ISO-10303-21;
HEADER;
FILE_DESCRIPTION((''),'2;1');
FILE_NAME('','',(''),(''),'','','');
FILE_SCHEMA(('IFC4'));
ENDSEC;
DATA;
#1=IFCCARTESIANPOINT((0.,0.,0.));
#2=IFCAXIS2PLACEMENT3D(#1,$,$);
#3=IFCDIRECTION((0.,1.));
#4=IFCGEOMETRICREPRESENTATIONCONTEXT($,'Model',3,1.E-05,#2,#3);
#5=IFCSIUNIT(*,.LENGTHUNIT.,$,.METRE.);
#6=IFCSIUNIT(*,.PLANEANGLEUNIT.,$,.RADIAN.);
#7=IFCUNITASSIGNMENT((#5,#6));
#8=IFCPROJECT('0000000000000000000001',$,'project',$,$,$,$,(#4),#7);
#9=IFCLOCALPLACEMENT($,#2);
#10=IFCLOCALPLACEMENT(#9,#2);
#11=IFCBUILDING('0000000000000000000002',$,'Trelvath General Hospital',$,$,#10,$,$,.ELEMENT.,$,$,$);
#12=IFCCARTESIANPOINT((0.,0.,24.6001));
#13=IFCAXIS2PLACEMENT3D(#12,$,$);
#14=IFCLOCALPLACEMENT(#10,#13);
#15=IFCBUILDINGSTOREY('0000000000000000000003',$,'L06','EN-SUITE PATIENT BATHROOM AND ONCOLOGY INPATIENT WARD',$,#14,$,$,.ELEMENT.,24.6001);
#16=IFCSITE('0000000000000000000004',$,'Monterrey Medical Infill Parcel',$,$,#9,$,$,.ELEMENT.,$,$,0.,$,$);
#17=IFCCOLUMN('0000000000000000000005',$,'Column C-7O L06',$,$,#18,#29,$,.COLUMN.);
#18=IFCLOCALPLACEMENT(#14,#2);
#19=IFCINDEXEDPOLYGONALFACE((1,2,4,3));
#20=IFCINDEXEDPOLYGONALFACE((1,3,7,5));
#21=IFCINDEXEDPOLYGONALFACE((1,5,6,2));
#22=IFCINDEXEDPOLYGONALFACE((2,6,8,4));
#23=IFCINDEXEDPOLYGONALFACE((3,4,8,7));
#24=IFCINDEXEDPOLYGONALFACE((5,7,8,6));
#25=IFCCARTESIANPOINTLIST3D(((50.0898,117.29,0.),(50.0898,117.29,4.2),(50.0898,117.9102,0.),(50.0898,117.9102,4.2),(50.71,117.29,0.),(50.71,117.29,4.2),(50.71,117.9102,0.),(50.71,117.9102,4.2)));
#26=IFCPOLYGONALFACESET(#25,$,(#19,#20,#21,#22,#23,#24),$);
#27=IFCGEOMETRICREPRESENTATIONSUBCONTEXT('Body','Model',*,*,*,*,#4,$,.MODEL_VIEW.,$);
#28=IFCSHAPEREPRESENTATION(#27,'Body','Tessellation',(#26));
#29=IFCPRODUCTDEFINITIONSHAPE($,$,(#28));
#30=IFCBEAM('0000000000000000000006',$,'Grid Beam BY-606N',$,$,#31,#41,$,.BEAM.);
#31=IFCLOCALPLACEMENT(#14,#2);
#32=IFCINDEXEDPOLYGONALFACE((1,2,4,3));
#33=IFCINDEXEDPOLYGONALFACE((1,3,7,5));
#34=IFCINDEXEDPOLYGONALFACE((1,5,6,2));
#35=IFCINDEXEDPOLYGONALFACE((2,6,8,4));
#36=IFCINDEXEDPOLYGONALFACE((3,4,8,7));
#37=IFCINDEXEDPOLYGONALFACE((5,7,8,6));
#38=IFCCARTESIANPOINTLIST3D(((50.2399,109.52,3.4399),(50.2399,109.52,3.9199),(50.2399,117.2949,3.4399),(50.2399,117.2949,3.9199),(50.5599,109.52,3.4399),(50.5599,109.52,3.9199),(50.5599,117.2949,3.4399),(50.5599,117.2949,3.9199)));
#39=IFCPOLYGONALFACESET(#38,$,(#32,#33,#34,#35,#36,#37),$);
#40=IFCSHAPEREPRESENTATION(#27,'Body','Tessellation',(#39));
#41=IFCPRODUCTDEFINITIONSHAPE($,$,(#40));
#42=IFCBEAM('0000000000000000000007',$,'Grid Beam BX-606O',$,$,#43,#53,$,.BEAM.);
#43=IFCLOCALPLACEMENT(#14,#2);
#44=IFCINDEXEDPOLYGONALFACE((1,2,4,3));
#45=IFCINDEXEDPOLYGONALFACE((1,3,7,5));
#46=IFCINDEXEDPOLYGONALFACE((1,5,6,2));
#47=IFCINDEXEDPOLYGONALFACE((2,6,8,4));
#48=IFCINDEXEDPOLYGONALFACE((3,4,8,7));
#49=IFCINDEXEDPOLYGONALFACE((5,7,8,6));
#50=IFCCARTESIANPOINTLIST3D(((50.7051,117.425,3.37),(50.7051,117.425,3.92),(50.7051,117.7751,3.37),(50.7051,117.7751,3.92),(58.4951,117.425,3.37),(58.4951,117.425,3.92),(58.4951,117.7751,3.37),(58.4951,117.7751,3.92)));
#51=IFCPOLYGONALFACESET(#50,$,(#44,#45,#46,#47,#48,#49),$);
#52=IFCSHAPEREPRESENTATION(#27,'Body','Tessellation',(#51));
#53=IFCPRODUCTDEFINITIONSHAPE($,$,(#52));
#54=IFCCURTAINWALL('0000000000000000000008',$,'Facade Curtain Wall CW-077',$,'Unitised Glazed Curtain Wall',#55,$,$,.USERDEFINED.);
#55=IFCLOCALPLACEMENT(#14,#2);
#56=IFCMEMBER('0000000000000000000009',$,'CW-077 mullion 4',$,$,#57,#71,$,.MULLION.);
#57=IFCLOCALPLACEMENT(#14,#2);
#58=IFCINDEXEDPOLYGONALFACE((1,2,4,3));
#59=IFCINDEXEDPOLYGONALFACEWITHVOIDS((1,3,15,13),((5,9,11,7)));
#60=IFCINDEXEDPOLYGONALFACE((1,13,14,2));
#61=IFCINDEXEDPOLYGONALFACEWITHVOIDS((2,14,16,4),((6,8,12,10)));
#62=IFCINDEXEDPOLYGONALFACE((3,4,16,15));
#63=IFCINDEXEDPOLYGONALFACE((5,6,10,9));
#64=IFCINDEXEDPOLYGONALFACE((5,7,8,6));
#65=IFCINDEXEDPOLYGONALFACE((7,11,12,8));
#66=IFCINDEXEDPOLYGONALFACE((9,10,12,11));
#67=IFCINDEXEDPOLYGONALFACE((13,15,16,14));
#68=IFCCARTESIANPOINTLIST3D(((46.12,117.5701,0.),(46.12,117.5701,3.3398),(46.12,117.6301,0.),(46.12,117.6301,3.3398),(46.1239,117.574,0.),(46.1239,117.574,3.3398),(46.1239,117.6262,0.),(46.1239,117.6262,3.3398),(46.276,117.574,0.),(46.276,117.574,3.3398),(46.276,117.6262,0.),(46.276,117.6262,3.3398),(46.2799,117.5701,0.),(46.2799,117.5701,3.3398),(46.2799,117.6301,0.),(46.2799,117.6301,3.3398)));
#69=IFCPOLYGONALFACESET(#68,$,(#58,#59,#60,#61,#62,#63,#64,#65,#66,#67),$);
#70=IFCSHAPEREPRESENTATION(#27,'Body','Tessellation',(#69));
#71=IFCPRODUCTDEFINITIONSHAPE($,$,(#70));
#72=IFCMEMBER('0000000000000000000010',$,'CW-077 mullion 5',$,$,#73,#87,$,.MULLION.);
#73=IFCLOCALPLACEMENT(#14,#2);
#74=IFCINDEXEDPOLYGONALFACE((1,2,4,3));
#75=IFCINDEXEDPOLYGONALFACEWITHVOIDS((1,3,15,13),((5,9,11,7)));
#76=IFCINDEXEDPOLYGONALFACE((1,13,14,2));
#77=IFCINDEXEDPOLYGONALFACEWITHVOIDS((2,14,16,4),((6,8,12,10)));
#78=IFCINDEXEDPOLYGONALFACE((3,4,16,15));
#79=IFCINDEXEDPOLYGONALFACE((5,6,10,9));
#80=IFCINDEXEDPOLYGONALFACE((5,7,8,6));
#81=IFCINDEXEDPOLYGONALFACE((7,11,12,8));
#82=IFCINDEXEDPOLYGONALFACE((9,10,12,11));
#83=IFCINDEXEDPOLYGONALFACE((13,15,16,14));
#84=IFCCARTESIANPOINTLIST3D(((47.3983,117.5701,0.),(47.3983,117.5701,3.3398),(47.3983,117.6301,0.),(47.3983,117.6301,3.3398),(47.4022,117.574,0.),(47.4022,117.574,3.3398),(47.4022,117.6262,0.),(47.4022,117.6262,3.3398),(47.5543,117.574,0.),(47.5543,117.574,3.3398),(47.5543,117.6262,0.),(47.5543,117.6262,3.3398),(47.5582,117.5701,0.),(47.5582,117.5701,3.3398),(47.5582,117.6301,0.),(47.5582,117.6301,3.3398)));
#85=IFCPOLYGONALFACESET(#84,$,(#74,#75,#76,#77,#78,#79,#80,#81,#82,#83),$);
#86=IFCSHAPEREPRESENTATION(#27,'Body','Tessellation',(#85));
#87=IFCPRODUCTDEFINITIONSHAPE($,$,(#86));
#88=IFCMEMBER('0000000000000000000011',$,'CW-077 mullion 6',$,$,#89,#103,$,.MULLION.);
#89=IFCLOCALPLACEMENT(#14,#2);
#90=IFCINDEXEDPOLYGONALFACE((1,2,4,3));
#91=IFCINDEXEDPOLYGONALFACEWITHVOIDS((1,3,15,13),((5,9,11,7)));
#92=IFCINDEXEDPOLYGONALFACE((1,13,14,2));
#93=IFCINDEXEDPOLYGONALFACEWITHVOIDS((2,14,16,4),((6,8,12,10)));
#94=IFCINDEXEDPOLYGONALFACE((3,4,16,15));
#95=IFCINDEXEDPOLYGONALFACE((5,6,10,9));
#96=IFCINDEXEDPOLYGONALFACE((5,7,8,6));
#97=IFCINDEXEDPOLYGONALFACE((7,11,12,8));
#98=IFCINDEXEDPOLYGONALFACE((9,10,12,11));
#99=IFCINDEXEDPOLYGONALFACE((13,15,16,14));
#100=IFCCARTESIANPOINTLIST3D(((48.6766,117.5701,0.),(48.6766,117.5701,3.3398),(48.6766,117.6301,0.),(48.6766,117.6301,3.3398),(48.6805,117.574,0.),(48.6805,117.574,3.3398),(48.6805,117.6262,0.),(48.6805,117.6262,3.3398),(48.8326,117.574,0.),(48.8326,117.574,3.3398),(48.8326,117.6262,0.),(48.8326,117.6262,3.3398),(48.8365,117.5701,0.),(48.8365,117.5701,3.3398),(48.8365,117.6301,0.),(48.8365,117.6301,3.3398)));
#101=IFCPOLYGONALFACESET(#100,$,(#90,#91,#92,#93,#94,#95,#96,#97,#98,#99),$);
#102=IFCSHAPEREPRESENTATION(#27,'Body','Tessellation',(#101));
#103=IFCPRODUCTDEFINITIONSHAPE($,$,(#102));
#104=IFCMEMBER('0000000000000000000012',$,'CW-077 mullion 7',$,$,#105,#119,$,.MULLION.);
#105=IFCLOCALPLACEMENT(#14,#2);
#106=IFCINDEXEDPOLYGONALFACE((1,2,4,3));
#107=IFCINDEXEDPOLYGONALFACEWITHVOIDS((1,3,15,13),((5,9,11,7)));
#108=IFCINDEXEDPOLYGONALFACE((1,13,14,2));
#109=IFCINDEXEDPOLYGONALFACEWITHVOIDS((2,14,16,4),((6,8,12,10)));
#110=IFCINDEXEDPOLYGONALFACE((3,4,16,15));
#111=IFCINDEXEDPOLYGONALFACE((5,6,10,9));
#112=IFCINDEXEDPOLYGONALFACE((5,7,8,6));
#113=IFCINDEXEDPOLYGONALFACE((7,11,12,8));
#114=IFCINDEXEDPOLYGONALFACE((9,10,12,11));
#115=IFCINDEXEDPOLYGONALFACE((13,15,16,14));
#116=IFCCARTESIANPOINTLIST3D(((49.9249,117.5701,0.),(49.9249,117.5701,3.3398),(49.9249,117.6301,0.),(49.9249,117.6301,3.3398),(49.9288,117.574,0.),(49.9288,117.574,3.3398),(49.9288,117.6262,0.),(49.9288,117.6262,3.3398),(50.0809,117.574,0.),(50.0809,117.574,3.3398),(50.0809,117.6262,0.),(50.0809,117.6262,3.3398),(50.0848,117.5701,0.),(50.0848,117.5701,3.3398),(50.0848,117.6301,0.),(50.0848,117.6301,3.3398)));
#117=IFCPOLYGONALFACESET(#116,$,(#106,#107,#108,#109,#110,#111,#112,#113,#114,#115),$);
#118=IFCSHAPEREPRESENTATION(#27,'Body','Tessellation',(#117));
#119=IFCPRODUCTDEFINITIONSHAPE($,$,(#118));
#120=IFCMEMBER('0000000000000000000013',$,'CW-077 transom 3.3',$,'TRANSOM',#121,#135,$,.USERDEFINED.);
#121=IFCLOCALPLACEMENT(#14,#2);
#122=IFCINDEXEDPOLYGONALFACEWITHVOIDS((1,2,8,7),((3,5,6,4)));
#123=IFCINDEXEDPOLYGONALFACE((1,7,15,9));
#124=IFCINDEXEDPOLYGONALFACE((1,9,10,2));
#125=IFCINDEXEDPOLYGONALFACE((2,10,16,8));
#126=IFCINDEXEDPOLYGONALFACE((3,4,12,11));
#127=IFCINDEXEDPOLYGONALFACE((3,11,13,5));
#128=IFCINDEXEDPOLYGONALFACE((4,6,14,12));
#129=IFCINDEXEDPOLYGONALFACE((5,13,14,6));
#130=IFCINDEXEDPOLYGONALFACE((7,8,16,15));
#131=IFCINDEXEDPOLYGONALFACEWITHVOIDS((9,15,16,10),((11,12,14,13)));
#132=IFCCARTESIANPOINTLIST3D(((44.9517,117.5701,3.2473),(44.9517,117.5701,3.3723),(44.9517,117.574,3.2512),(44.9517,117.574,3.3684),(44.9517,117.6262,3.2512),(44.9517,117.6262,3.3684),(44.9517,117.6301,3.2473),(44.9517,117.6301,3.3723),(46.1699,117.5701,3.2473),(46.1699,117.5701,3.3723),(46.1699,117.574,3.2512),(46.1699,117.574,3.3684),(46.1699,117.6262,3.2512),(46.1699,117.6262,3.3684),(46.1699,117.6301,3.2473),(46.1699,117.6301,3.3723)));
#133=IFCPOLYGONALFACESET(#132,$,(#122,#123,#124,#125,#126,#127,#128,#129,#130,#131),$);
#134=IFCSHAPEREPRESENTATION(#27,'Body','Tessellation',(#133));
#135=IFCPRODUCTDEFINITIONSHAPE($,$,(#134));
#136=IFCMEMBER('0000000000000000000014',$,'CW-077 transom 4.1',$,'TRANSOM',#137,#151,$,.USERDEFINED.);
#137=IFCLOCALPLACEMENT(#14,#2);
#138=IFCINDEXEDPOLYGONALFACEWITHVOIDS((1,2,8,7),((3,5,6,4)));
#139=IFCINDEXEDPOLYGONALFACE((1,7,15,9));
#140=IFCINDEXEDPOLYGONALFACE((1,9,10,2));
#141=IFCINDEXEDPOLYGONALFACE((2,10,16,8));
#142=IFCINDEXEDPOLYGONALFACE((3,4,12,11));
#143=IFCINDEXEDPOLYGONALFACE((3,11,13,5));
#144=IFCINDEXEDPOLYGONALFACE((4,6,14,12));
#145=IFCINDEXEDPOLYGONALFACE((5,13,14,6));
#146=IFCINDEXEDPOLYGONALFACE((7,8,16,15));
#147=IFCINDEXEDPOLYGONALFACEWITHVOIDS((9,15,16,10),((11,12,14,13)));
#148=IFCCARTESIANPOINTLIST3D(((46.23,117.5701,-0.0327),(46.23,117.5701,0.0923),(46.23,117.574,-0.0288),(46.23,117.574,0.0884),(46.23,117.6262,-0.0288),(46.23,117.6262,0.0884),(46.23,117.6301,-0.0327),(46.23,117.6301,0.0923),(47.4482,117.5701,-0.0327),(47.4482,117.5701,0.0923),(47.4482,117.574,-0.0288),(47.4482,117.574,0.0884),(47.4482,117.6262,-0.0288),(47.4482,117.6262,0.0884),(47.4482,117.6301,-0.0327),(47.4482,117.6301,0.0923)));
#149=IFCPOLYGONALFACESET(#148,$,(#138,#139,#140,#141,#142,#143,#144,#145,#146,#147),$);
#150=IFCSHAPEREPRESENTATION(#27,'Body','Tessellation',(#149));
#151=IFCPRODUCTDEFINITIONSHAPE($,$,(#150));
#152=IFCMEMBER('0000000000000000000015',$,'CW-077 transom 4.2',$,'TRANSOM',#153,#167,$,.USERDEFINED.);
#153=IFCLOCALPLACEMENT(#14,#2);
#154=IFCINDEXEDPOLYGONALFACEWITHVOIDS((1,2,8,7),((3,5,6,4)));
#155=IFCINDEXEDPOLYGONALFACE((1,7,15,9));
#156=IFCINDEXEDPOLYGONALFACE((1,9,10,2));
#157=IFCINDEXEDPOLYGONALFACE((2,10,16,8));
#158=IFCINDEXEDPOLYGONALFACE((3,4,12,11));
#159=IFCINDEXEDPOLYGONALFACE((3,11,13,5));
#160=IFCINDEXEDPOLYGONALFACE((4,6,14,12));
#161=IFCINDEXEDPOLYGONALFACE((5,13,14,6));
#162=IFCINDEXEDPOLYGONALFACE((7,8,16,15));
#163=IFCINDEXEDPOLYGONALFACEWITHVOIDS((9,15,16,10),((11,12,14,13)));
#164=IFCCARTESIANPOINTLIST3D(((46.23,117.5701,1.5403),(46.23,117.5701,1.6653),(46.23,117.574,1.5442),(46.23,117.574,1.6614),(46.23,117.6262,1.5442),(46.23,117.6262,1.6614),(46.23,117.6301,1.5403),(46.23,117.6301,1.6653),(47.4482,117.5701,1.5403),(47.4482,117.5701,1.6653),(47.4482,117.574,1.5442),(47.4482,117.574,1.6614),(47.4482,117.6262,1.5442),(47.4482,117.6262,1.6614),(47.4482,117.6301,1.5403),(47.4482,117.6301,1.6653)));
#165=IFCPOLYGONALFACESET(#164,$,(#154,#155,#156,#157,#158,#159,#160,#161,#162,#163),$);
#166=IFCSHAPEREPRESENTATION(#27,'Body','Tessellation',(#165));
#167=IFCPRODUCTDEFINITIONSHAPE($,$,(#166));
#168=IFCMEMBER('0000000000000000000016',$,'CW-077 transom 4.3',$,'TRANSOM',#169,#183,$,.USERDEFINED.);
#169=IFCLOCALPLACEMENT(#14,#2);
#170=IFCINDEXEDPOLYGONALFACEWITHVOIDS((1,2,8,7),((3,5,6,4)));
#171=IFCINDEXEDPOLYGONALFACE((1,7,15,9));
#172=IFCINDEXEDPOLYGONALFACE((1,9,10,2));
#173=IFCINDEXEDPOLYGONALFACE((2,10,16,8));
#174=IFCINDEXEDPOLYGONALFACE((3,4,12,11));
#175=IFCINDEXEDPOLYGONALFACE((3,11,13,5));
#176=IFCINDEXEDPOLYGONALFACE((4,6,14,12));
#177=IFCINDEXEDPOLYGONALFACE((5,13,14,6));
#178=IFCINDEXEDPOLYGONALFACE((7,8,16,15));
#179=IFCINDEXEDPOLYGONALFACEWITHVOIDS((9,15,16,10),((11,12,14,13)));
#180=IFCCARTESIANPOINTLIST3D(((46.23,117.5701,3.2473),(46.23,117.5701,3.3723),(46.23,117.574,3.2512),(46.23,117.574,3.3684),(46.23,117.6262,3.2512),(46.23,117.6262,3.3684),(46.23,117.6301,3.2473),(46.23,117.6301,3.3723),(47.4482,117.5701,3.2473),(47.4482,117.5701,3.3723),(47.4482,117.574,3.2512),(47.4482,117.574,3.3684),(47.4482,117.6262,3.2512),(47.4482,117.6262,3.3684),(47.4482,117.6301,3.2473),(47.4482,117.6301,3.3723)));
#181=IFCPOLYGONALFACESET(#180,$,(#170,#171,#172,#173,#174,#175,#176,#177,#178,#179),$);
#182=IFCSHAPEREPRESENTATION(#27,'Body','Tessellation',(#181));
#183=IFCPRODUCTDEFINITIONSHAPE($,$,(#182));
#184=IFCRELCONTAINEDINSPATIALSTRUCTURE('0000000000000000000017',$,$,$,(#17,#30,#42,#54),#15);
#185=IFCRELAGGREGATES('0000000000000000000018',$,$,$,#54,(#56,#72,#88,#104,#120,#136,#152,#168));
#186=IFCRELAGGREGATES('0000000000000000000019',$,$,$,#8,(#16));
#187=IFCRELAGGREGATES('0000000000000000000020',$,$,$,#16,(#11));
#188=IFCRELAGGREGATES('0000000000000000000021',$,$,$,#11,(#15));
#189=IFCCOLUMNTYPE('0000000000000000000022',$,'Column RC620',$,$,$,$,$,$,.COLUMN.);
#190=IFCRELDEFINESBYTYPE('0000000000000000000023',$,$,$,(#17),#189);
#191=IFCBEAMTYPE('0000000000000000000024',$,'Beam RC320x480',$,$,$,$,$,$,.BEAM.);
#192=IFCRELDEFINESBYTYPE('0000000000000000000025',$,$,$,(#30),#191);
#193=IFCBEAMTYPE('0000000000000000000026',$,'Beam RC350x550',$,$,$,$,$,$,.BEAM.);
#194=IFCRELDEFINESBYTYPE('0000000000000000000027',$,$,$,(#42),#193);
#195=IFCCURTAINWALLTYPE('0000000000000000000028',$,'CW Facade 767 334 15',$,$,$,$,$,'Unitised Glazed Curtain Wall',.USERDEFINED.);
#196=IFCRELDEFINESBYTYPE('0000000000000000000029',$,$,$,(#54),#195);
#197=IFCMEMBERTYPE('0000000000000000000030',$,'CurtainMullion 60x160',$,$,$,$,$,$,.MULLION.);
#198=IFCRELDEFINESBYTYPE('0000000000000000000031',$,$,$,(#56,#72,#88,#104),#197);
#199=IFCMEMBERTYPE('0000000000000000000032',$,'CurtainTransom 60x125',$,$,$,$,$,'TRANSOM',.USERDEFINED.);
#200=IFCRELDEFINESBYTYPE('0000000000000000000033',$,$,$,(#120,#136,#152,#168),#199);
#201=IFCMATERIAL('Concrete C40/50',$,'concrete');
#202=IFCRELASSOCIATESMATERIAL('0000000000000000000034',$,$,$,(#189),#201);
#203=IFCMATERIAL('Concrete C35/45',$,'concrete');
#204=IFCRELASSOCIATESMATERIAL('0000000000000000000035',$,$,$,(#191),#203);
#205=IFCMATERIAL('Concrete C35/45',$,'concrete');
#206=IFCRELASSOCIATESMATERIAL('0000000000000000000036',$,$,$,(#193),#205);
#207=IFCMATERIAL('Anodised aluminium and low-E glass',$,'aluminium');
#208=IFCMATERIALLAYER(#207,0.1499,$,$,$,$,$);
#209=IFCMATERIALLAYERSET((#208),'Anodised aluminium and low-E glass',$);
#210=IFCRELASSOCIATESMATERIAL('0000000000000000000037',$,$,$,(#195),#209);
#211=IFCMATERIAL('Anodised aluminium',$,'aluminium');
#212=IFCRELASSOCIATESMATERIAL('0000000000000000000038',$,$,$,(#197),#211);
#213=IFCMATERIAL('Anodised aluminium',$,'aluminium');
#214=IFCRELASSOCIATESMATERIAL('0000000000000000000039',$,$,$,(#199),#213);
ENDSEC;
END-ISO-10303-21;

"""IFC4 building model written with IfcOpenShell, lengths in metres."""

from ifc_helpers import new_model, si_unit, direction, frame, origin, origin_2d, place, context, subcontext, project, spatial, rectangle, hollow_rectangle, extrude, material, layer, layer_set, material_profile, profile_set, type_object, element, aggregate, save


model = new_model("IFC4")

# Units and contexts
model_context = context("Model", 3, precision=1e-05, world=origin(), true_north=direction((0.0, 1.0)))
body_context = subcontext(model_context, "Body", "Model", "MODEL_VIEW")
ifc_project = project(units=[si_unit("LENGTHUNIT", "METRE"), si_unit("PLANEANGLEUNIT", "RADIAN")], contexts=[model_context])

# Site, building, storey
site_placement = place(None, origin())
site = spatial("IfcSite", under=ifc_project, at=site_placement, Name="Monterrey Medical Infill Parcel", CompositionType="ELEMENT", RefElevation=0.0)
building_placement = place(site_placement, origin())
building = spatial("IfcBuilding", under=site, at=building_placement, Name="Trelvath General Hospital", CompositionType="ELEMENT")
storey_placement = place(building_placement, frame((0.0, 0.0, 24.6001)))
storey = spatial("IfcBuildingStorey", under=building, at=storey_placement, Name="L06", Description="EN-SUITE PATIENT BATHROOM AND ONCOLOGY INPATIENT WARD", CompositionType="ELEMENT", Elevation=24.6001)

# Column
ifc_material_1 = material(Name="Concrete C40/50", Category="concrete")
ifc_material_profile_1 = material_profile(ifc_material_1, rectangle(XDim=0.6201, YDim=0.6201, at=origin_2d()), Name="RC620x620")
ifc_profile_set_1 = profile_set([ifc_material_profile_1], Name="Concrete C40/50")
column_type = type_object("IfcColumnType", Name="Column RC620", PredefinedType="COLUMN", material=ifc_profile_set_1)
column_placement = place(storey_placement, frame((50.3999, 117.6001, 0.0), z_axis=(0.0, 0.0, 1.0), x_axis=(1.0, 0.0, 0.0)))
element("IfcColumn", 1, at=column_placement, inside=storey, type_object=column_type, Name="Column C-7O L06", PredefinedType="COLUMN", context=body_context, shape_type="SweptSolid", body=[
    extrude(rectangle(XDim=0.6201, YDim=0.6201, at=origin_2d()), origin(), (0.0, 0.0, 1.0), 4.2),
])

# Beams
ifc_material_2 = material(Name="Concrete C35/45", Category="concrete")
ifc_material_profile_2 = material_profile(ifc_material_2, rectangle(XDim=0.3201, YDim=0.48, at=origin_2d()), Name="RCB320x480")
ifc_profile_set_2 = profile_set([ifc_material_profile_2], Name="Concrete C35/45")
beam_type_1 = type_object("IfcBeamType", Name="Beam RC320x480", PredefinedType="BEAM", material=ifc_profile_set_2)
beam_1_placement = place(storey_placement, frame((50.3999, 109.52, 3.6799), z_axis=(0.0, 1.0, 0.0), x_axis=(-1.0, 0.0, 0.0)))
element("IfcBeam", 2, at=beam_1_placement, inside=storey, type_object=beam_type_1, Name="Grid Beam BY-606N", PredefinedType="BEAM", context=body_context, shape_type="SweptSolid", body=[
    extrude(rectangle(XDim=0.3201, YDim=0.48, at=origin_2d()), origin(), (0.0, 0.0, 1.0), 7.7749),
])
ifc_material_3 = material(Name="Concrete C35/45", Category="concrete")
ifc_material_profile_3 = material_profile(ifc_material_3, rectangle(XDim=0.3501, YDim=0.55, at=origin_2d()), Name="RCB350x550")
ifc_profile_set_3 = profile_set([ifc_material_profile_3], Name="Concrete C35/45")
beam_type_2 = type_object("IfcBeamType", Name="Beam RC350x550", PredefinedType="BEAM", material=ifc_profile_set_3)
beam_2_placement = place(storey_placement, frame((50.7051, 117.6001, 3.645), z_axis=(1.0, 0.0, 0.0), x_axis=(0.0, 1.0, 0.0)))
element("IfcBeam", 3, at=beam_2_placement, inside=storey, type_object=beam_type_2, Name="Grid Beam BX-606O", PredefinedType="BEAM", context=body_context, shape_type="SweptSolid", body=[
    extrude(rectangle(XDim=0.3501, YDim=0.55, at=origin_2d()), origin(), (0.0, 0.0, 1.0), 7.79),
])

# Curtain wall, members
ifc_material_4 = material(Name="Anodised aluminium and low-E glass", Category="aluminium")
ifc_layer_1 = layer(ifc_material_4, 0.1499)
ifc_layer_set_1 = layer_set([ifc_layer_1], Name="Anodised aluminium and low-E glass")
curtain_wall_type = type_object("IfcCurtainWallType", Name="CW Facade 767 334 15", ElementType="Unitised Glazed Curtain Wall", PredefinedType="USERDEFINED", material=ifc_layer_set_1)
curtain_wall_placement = place(storey_placement, origin())
curtain_wall = element("IfcCurtainWall", 4, at=curtain_wall_placement, inside=storey, type_object=curtain_wall_type, Name="Facade Curtain Wall CW-077", ObjectType="Unitised Glazed Curtain Wall", PredefinedType="USERDEFINED")
ifc_material_5 = material(Name="Anodised aluminium", Category="aluminium")
ifc_material_profile_4 = material_profile(ifc_material_5, hollow_rectangle(XDim=0.0601, YDim=0.1599, WallThickness=0.0039, at=origin_2d()), Name="RHS60x160x4")
ifc_profile_set_4 = profile_set([ifc_material_profile_4], Name="Anodised aluminium")
member_type_1 = type_object("IfcMemberType", Name="CurtainMullion 60x160", PredefinedType="MULLION", material=ifc_profile_set_4)
member_1_placement = place(storey_placement, frame((46.2, 117.6001, 0.0), z_axis=(0.0, 0.0, 1.0), x_axis=(0.0, 1.0, 0.0)))
member_1 = element("IfcMember", 5, at=member_1_placement, type_object=member_type_1, Name="CW-077 mullion 4", PredefinedType="MULLION", context=body_context, shape_type="SweptSolid", body=[
    extrude(hollow_rectangle(XDim=0.0601, YDim=0.1599, WallThickness=0.0039, at=origin_2d()), origin(), (0.0, 0.0, 1.0), 3.3398),
])
member_2_placement = place(storey_placement, frame((47.4783, 117.6001, 0.0), z_axis=(0.0, 0.0, 1.0), x_axis=(0.0, 1.0, 0.0)))
member_2 = element("IfcMember", 6, at=member_2_placement, type_object=member_type_1, Name="CW-077 mullion 5", PredefinedType="MULLION", context=body_context, shape_type="SweptSolid", body=[
    extrude(hollow_rectangle(XDim=0.0601, YDim=0.1599, WallThickness=0.0039, at=origin_2d()), origin(), (0.0, 0.0, 1.0), 3.3398),
])
member_3_placement = place(storey_placement, frame((48.7566, 117.6001, 0.0), z_axis=(0.0, 0.0, 1.0), x_axis=(0.0, 1.0, 0.0)))
member_3 = element("IfcMember", 7, at=member_3_placement, type_object=member_type_1, Name="CW-077 mullion 6", PredefinedType="MULLION", context=body_context, shape_type="SweptSolid", body=[
    extrude(hollow_rectangle(XDim=0.0601, YDim=0.1599, WallThickness=0.0039, at=origin_2d()), origin(), (0.0, 0.0, 1.0), 3.3398),
])
member_4_placement = place(storey_placement, frame((50.0049, 117.6001, 0.0), z_axis=(0.0, 0.0, 1.0), x_axis=(0.0, 1.0, 0.0)))
member_4 = element("IfcMember", 8, at=member_4_placement, type_object=member_type_1, Name="CW-077 mullion 7", PredefinedType="MULLION", context=body_context, shape_type="SweptSolid", body=[
    extrude(hollow_rectangle(XDim=0.0601, YDim=0.1599, WallThickness=0.0039, at=origin_2d()), origin(), (0.0, 0.0, 1.0), 3.3398),
])
ifc_material_6 = material(Name="Anodised aluminium", Category="aluminium")
ifc_material_profile_5 = material_profile(ifc_material_6, hollow_rectangle(XDim=0.0601, YDim=0.125, WallThickness=0.0039, at=origin_2d()), Name="RHS60x125x4")
ifc_profile_set_5 = profile_set([ifc_material_profile_5], Name="Anodised aluminium")
member_type_2 = type_object("IfcMemberType", Name="CurtainTransom 60x125", ElementType="TRANSOM", PredefinedType="USERDEFINED", material=ifc_profile_set_5)
member_5_placement = place(storey_placement, frame((44.9517, 117.6001, 3.3098), z_axis=(1.0, 0.0, 0.0), x_axis=(0.0, 1.0, 0.0)))
member_5 = element("IfcMember", 9, at=member_5_placement, type_object=member_type_2, Name="CW-077 transom 3.3", ObjectType="TRANSOM", PredefinedType="USERDEFINED", context=body_context, shape_type="SweptSolid", body=[
    extrude(hollow_rectangle(XDim=0.0601, YDim=0.125, WallThickness=0.0039, at=origin_2d()), origin(), (0.0, 0.0, 1.0), 1.2183),
])
member_6_placement = place(storey_placement, frame((46.23, 117.6001, 0.0298), z_axis=(1.0, 0.0, 0.0), x_axis=(0.0, 1.0, 0.0)))
member_6 = element("IfcMember", 10, at=member_6_placement, type_object=member_type_2, Name="CW-077 transom 4.1", ObjectType="TRANSOM", PredefinedType="USERDEFINED", context=body_context, shape_type="SweptSolid", body=[
    extrude(hollow_rectangle(XDim=0.0601, YDim=0.125, WallThickness=0.0039, at=origin_2d()), origin(), (0.0, 0.0, 1.0), 1.2183),
])
member_7_placement = place(storey_placement, frame((46.23, 117.6001, 1.6028), z_axis=(1.0, 0.0, 0.0), x_axis=(0.0, 1.0, 0.0)))
member_7 = element("IfcMember", 11, at=member_7_placement, type_object=member_type_2, Name="CW-077 transom 4.2", ObjectType="TRANSOM", PredefinedType="USERDEFINED", context=body_context, shape_type="SweptSolid", body=[
    extrude(hollow_rectangle(XDim=0.0601, YDim=0.125, WallThickness=0.0039, at=origin_2d()), origin(), (0.0, 0.0, 1.0), 1.2183),
])
member_8_placement = place(storey_placement, frame((46.23, 117.6001, 3.3098), z_axis=(1.0, 0.0, 0.0), x_axis=(0.0, 1.0, 0.0)))
member_8 = element("IfcMember", 12, at=member_8_placement, type_object=member_type_2, Name="CW-077 transom 4.3", ObjectType="TRANSOM", PredefinedType="USERDEFINED", context=body_context, shape_type="SweptSolid", body=[
    extrude(hollow_rectangle(XDim=0.0601, YDim=0.125, WallThickness=0.0039, at=origin_2d()), origin(), (0.0, 0.0, 1.0), 1.2183),
])
aggregate(curtain_wall, [member_1, member_2, member_3, member_4, member_5, member_6, member_7, member_8])

save(model, "model.ifc")
